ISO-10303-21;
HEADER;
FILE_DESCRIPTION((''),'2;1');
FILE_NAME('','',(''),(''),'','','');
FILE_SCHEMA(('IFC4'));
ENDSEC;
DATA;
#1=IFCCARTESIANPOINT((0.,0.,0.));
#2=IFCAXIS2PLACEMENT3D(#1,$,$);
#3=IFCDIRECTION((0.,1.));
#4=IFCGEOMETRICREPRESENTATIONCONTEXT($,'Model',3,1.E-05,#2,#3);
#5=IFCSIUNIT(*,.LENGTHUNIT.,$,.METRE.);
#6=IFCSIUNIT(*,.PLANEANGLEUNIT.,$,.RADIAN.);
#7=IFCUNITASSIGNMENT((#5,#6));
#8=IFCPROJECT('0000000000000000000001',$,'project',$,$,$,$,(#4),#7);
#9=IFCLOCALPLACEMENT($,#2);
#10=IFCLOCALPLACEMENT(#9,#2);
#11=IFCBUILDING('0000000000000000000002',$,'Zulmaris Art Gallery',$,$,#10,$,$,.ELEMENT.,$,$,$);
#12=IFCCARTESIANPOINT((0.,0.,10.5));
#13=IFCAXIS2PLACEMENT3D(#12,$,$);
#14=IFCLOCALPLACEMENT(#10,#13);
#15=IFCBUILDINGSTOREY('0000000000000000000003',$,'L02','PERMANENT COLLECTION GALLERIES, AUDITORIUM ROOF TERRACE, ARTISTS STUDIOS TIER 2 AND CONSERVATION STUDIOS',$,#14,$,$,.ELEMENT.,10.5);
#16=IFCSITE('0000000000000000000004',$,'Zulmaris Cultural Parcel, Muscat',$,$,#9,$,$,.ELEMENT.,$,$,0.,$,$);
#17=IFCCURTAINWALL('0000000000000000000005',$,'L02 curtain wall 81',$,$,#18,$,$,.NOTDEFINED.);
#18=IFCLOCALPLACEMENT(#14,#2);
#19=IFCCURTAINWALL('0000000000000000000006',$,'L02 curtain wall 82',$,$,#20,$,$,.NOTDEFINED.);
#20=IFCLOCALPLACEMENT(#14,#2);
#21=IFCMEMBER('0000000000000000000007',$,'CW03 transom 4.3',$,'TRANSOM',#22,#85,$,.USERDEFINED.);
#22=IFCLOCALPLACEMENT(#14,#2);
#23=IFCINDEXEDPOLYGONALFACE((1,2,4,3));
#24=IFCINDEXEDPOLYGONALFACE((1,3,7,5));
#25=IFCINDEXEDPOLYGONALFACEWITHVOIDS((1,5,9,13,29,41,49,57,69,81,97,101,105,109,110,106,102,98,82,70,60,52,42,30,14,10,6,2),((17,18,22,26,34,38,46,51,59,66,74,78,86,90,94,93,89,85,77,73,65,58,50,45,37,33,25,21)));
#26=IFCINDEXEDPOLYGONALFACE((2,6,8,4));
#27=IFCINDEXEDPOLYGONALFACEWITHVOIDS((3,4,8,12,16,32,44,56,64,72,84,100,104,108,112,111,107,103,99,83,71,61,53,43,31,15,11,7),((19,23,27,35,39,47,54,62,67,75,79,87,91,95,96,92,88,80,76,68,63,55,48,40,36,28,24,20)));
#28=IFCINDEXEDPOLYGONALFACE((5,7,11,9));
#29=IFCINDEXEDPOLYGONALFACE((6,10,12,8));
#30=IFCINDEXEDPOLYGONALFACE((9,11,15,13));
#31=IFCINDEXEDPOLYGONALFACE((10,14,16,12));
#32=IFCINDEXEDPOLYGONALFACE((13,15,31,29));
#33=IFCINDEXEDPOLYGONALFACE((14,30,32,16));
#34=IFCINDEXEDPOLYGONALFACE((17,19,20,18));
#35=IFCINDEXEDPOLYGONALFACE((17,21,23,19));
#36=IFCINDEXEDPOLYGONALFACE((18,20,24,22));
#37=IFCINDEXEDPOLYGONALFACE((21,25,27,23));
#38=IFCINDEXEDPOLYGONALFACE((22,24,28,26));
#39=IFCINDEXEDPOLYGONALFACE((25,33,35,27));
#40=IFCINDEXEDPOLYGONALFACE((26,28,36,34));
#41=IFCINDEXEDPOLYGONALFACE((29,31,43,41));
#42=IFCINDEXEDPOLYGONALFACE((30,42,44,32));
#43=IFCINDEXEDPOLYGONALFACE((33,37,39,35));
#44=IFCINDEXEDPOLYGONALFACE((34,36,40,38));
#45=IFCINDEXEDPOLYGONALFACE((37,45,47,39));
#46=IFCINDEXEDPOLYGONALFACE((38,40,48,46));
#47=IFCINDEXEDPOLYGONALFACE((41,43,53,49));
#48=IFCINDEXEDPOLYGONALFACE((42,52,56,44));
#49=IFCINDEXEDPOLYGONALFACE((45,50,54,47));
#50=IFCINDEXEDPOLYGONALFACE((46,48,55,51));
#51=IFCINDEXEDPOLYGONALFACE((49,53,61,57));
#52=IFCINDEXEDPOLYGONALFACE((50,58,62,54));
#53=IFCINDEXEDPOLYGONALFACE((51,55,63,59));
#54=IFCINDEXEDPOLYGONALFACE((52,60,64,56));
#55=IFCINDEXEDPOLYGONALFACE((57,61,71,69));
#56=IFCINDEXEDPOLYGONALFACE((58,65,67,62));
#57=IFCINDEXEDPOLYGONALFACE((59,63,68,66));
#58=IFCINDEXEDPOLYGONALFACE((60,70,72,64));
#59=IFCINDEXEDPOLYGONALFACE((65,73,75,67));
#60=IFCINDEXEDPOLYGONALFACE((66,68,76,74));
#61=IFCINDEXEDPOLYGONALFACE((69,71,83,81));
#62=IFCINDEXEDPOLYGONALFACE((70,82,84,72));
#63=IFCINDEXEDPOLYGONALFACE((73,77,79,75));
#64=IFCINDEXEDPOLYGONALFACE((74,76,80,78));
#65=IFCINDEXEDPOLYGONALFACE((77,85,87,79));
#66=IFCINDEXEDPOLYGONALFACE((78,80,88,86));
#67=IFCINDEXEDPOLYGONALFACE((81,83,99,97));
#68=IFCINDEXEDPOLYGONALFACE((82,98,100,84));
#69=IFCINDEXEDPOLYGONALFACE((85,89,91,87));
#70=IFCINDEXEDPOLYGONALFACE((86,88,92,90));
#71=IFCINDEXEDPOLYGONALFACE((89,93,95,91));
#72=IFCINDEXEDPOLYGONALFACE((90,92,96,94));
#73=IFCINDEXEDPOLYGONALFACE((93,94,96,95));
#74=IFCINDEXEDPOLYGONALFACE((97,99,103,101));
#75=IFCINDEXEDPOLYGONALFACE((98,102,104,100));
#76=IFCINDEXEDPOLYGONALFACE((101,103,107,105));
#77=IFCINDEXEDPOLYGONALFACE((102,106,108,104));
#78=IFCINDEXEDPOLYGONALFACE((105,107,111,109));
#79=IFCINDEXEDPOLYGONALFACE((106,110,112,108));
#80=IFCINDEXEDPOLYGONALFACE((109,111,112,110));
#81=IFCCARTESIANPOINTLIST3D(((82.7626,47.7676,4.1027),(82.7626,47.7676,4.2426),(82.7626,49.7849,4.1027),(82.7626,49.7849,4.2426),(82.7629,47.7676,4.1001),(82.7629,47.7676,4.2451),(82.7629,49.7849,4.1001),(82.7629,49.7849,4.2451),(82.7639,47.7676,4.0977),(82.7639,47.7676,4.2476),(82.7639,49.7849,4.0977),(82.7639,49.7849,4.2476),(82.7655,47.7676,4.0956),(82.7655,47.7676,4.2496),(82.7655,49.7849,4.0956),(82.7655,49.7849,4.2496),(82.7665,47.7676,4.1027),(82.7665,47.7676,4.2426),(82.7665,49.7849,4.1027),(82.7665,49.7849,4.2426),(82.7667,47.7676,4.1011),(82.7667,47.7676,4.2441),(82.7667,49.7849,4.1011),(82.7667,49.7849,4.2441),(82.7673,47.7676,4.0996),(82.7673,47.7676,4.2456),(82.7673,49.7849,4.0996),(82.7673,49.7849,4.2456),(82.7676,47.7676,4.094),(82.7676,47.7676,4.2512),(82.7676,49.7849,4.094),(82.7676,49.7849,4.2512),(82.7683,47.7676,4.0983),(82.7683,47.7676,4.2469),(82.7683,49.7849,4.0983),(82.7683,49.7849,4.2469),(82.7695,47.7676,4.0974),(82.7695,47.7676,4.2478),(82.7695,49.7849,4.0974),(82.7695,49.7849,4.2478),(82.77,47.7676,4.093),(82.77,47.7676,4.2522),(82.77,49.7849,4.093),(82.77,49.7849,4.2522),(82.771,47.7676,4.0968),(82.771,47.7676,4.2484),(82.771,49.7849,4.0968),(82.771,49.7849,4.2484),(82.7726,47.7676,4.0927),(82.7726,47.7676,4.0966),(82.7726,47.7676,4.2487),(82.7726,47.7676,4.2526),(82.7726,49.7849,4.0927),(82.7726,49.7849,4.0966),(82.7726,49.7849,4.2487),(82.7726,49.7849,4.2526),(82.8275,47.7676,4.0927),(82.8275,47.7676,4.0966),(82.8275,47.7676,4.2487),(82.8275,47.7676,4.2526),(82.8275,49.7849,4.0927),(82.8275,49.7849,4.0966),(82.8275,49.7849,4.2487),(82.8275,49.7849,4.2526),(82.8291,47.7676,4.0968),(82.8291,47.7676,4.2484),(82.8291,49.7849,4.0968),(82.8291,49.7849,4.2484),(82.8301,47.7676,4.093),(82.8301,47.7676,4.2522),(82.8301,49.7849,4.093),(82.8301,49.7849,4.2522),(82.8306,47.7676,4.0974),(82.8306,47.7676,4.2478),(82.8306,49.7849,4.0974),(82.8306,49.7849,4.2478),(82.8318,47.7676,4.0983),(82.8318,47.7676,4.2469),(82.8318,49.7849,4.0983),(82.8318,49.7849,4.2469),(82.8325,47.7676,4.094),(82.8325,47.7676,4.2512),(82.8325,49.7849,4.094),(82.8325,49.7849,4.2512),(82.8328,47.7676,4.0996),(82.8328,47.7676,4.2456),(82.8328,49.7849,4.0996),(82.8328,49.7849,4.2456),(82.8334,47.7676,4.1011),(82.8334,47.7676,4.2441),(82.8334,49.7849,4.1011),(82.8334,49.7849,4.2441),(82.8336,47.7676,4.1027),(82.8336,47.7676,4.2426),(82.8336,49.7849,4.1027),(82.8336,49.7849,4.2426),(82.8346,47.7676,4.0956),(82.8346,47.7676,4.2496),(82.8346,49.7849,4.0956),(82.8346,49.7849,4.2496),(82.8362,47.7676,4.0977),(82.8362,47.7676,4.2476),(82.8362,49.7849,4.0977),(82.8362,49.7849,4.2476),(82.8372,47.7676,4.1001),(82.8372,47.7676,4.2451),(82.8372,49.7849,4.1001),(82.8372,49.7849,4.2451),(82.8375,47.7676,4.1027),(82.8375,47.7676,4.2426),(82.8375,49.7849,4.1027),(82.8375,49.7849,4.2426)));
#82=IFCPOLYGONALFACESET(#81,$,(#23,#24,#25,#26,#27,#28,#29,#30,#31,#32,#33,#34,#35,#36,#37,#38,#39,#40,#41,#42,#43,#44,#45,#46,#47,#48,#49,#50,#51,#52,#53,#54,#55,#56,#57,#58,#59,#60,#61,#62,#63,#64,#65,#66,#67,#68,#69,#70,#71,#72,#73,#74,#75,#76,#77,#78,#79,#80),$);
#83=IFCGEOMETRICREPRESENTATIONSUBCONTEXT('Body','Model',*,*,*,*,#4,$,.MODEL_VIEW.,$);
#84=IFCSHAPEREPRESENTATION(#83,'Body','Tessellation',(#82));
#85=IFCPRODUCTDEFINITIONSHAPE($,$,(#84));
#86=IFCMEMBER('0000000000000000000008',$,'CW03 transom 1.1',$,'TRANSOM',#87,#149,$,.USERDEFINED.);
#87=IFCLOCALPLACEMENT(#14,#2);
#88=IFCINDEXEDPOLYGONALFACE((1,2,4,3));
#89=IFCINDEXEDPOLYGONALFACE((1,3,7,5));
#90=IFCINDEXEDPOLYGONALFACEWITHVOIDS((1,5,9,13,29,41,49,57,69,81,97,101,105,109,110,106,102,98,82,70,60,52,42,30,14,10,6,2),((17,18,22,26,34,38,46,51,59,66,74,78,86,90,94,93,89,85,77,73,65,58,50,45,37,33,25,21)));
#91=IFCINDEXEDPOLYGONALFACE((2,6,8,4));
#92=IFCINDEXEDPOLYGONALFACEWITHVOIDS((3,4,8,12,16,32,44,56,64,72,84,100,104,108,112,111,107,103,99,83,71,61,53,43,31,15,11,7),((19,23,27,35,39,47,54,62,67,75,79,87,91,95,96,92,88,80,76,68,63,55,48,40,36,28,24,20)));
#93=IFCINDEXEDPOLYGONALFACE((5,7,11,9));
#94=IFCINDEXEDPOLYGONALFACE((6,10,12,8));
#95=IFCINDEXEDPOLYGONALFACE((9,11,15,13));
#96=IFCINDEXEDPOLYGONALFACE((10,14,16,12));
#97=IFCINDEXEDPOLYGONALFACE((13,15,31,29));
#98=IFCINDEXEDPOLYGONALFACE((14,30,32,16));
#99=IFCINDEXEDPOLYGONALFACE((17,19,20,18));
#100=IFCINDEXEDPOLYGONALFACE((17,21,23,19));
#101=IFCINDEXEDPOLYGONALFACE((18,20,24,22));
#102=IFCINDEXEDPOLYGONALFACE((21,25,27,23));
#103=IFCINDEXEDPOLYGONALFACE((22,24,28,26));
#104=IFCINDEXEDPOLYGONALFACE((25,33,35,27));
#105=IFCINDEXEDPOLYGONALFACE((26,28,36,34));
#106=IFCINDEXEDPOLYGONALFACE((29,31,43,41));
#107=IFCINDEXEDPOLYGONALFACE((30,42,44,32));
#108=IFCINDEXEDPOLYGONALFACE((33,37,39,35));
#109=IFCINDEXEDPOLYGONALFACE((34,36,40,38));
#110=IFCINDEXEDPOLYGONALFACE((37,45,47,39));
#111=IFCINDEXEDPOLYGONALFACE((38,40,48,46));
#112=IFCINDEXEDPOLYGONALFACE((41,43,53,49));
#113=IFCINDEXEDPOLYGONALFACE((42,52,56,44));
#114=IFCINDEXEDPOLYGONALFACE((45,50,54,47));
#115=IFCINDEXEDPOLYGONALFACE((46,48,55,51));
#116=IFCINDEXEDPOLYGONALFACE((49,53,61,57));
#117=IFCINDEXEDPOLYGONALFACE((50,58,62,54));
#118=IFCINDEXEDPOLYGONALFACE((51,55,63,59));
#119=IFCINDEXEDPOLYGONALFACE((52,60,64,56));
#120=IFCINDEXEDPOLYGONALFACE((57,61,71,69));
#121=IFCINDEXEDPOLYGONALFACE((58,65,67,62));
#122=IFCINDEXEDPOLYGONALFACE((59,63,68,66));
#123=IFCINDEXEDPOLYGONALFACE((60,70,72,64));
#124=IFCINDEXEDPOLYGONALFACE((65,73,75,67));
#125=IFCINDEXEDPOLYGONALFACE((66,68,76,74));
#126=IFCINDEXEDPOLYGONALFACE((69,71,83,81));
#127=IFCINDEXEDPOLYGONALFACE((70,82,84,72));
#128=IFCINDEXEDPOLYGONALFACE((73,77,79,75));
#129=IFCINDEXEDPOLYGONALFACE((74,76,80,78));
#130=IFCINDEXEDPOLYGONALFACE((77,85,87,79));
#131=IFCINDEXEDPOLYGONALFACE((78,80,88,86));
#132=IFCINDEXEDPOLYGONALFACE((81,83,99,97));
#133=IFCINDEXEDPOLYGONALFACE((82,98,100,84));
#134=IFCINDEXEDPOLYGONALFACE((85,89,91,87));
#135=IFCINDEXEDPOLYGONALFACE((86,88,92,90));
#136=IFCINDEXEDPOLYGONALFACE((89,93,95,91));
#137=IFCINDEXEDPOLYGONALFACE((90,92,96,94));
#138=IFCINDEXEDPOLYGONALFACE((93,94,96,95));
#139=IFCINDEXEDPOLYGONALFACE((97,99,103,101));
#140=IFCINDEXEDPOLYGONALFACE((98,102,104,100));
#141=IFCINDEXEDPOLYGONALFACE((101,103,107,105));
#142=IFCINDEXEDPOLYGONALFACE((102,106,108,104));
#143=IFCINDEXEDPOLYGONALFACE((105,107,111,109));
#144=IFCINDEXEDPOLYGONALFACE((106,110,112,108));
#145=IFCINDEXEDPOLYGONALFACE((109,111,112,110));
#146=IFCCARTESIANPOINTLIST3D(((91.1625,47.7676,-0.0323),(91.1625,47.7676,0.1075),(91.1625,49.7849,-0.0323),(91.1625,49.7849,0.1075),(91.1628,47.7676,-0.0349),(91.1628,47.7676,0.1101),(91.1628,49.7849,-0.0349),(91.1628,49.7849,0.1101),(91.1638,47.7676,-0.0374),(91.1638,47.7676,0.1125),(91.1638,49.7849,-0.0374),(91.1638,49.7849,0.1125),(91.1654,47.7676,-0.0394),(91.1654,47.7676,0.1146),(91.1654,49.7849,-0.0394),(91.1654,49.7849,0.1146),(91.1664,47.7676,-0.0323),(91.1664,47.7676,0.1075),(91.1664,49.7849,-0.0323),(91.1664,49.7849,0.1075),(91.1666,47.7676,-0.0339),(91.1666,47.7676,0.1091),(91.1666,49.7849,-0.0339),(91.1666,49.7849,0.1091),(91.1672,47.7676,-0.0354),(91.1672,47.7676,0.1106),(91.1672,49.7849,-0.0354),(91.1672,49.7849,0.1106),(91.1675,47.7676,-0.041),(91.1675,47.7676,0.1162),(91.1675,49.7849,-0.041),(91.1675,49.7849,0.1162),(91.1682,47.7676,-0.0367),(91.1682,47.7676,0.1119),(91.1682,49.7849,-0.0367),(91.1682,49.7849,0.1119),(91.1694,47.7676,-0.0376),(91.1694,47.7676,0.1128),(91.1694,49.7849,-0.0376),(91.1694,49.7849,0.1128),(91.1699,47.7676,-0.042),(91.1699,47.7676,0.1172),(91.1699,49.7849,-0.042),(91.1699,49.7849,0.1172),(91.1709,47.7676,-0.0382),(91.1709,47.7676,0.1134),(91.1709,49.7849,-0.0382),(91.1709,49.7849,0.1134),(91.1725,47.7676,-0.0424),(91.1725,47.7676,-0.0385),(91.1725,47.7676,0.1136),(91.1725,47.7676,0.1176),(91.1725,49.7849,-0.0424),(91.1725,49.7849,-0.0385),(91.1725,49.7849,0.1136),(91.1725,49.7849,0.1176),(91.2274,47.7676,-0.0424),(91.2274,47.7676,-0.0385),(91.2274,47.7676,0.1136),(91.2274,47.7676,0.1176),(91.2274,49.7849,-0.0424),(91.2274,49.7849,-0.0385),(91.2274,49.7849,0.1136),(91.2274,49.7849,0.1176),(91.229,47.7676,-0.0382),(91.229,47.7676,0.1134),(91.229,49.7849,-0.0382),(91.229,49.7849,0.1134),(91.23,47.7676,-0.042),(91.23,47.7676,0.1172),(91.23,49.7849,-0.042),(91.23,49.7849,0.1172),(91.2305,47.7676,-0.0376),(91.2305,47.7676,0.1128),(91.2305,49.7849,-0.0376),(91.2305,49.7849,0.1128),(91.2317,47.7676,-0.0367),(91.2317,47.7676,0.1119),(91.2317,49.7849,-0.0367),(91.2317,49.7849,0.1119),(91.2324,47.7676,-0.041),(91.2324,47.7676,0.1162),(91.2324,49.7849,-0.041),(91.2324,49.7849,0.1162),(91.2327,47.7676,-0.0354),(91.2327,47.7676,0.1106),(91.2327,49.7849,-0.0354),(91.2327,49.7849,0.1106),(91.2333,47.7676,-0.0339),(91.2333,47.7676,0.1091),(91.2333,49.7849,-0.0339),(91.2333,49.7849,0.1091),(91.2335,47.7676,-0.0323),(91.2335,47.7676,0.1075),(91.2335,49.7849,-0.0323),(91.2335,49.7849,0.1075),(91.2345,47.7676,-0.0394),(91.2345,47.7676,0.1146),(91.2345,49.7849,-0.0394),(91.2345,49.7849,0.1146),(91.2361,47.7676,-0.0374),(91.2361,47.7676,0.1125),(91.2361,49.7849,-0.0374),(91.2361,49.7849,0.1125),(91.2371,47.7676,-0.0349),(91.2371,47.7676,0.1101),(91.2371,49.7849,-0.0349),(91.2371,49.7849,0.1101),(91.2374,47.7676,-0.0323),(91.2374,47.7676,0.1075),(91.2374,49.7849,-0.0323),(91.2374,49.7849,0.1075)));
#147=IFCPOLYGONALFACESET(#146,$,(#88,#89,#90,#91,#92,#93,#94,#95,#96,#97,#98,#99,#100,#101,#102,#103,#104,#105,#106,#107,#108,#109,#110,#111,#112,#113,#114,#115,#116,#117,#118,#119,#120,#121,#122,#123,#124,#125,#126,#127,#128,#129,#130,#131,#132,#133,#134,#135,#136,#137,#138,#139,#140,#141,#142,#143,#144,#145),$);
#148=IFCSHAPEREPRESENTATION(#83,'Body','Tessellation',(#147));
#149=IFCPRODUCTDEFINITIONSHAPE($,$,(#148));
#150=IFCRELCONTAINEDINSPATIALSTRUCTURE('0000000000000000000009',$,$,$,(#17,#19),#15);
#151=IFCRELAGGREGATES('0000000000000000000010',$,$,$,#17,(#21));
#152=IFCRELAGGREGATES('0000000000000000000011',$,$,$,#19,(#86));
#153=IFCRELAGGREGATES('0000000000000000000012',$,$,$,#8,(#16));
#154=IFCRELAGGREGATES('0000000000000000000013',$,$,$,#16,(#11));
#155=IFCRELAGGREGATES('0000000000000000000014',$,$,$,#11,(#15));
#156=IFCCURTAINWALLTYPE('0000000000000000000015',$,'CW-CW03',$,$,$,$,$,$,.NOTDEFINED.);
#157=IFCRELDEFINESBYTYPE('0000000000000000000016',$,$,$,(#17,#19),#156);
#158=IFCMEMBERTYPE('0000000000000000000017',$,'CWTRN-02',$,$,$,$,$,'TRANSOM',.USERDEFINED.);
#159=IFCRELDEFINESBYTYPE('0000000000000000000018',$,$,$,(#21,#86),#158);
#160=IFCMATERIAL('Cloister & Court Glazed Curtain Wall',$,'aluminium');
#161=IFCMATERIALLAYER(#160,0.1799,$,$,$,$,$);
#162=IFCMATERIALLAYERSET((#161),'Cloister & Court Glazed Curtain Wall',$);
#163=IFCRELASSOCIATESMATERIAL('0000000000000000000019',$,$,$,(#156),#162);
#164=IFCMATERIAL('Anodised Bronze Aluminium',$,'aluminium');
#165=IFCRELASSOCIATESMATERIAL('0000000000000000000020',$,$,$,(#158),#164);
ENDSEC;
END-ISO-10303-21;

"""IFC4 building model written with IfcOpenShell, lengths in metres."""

from ifc_helpers import new_model, si_unit, direction, frame, origin, origin_2d, place, context, subcontext, project, spatial, hollow_rectangle, extrude, material, layer, layer_set, material_profile, profile_set, type_object, element, aggregate, save


model = new_model("IFC4")

# Units and contexts
model_context = context("Model", 3, precision=1e-05, world=origin(), true_north=direction((0.0, 1.0)))
body_context = subcontext(model_context, "Body", "Model", "MODEL_VIEW")
ifc_project = project(units=[si_unit("LENGTHUNIT", "METRE"), si_unit("PLANEANGLEUNIT", "RADIAN")], contexts=[model_context])

# Site, building, storey
site_placement = place(None, origin())
site = spatial("IfcSite", under=ifc_project, at=site_placement, Name="Zulmaris Cultural Parcel, Muscat", CompositionType="ELEMENT", RefElevation=0.0)
building_placement = place(site_placement, origin())
building = spatial("IfcBuilding", under=site, at=building_placement, Name="Zulmaris Art Gallery", CompositionType="ELEMENT")
storey_placement = place(building_placement, frame((0.0, 0.0, 10.5)))
storey = spatial("IfcBuildingStorey", under=building, at=storey_placement, Name="L02", Description="PERMANENT COLLECTION GALLERIES, AUDITORIUM ROOF TERRACE, ARTISTS STUDIOS TIER 2 AND CONSERVATION STUDIOS", CompositionType="ELEMENT", Elevation=10.5)

# Curtain walls
ifc_material_1 = material(Name="Cloister & Court Glazed Curtain Wall", Category="aluminium")
ifc_layer_1 = layer(ifc_material_1, 0.1799)
ifc_layer_set_1 = layer_set([ifc_layer_1], Name="Cloister & Court Glazed Curtain Wall")
curtain_wall_type = type_object("IfcCurtainWallType", Name="CW-CW03", PredefinedType="NOTDEFINED", material=ifc_layer_set_1)
curtain_wall_1_placement = place(storey_placement, origin())
curtain_wall_1 = element("IfcCurtainWall", 1, at=curtain_wall_1_placement, inside=storey, type_object=curtain_wall_type, Name="L02 curtain wall 81", PredefinedType="NOTDEFINED")
ifc_material_2 = material(Name="Anodised Bronze Aluminium", Category="aluminium")
curtain_wall_2_placement = place(storey_placement, origin())
curtain_wall_2 = element("IfcCurtainWall", 2, at=curtain_wall_2_placement, inside=storey, type_object=curtain_wall_type, Name="L02 curtain wall 82", PredefinedType="NOTDEFINED")

# Members
ifc_material_profile_1 = material_profile(ifc_material_2, hollow_rectangle(XDim=0.075, YDim=0.1599, WallThickness=0.0039, InnerFilletRadius=0.0061, OuterFilletRadius=0.01, at=origin_2d()), Name="ALU 75x160x4")
ifc_profile_set_1 = profile_set([ifc_material_profile_1], Name="Anodised Bronze Aluminium")
member_type_1 = type_object("IfcMemberType", Name="CWTRN-02", ElementType="TRANSOM", PredefinedType="USERDEFINED", material=ifc_profile_set_1)
member_1_placement = place(storey_placement, frame((82.8, 47.7676, 4.1726), z_axis=(0.0, 1.0, 0.0), x_axis=(-1.0, 0.0, 0.0)))
member_1 = element("IfcMember", 3, at=member_1_placement, type_object=member_type_1, Name="CW03 transom 4.3", ObjectType="TRANSOM", PredefinedType="USERDEFINED", context=body_context, shape_type="SweptSolid", body=[
    extrude(hollow_rectangle(XDim=0.075, YDim=0.1599, WallThickness=0.0039, InnerFilletRadius=0.0061, OuterFilletRadius=0.01, at=origin_2d()), origin(), (0.0, 0.0, 1.0), 2.0173),
])
member_2_placement = place(storey_placement, frame((91.2, 49.7849, 0.0376), z_axis=(0.0, -1.0, 0.0), x_axis=(1.0, 0.0, 0.0)))
member_2 = element("IfcMember", 4, at=member_2_placement, type_object=member_type_1, Name="CW03 transom 1.1", ObjectType="TRANSOM", PredefinedType="USERDEFINED", context=body_context, shape_type="SweptSolid", body=[
    extrude(hollow_rectangle(XDim=0.075, YDim=0.1599, WallThickness=0.0039, InnerFilletRadius=0.0061, OuterFilletRadius=0.01, at=origin_2d()), origin(), (0.0, 0.0, 1.0), 2.0173),
])

aggregate(curtain_wall_1, [member_1])
aggregate(curtain_wall_2, [member_2])

save(model, "model.ifc")
